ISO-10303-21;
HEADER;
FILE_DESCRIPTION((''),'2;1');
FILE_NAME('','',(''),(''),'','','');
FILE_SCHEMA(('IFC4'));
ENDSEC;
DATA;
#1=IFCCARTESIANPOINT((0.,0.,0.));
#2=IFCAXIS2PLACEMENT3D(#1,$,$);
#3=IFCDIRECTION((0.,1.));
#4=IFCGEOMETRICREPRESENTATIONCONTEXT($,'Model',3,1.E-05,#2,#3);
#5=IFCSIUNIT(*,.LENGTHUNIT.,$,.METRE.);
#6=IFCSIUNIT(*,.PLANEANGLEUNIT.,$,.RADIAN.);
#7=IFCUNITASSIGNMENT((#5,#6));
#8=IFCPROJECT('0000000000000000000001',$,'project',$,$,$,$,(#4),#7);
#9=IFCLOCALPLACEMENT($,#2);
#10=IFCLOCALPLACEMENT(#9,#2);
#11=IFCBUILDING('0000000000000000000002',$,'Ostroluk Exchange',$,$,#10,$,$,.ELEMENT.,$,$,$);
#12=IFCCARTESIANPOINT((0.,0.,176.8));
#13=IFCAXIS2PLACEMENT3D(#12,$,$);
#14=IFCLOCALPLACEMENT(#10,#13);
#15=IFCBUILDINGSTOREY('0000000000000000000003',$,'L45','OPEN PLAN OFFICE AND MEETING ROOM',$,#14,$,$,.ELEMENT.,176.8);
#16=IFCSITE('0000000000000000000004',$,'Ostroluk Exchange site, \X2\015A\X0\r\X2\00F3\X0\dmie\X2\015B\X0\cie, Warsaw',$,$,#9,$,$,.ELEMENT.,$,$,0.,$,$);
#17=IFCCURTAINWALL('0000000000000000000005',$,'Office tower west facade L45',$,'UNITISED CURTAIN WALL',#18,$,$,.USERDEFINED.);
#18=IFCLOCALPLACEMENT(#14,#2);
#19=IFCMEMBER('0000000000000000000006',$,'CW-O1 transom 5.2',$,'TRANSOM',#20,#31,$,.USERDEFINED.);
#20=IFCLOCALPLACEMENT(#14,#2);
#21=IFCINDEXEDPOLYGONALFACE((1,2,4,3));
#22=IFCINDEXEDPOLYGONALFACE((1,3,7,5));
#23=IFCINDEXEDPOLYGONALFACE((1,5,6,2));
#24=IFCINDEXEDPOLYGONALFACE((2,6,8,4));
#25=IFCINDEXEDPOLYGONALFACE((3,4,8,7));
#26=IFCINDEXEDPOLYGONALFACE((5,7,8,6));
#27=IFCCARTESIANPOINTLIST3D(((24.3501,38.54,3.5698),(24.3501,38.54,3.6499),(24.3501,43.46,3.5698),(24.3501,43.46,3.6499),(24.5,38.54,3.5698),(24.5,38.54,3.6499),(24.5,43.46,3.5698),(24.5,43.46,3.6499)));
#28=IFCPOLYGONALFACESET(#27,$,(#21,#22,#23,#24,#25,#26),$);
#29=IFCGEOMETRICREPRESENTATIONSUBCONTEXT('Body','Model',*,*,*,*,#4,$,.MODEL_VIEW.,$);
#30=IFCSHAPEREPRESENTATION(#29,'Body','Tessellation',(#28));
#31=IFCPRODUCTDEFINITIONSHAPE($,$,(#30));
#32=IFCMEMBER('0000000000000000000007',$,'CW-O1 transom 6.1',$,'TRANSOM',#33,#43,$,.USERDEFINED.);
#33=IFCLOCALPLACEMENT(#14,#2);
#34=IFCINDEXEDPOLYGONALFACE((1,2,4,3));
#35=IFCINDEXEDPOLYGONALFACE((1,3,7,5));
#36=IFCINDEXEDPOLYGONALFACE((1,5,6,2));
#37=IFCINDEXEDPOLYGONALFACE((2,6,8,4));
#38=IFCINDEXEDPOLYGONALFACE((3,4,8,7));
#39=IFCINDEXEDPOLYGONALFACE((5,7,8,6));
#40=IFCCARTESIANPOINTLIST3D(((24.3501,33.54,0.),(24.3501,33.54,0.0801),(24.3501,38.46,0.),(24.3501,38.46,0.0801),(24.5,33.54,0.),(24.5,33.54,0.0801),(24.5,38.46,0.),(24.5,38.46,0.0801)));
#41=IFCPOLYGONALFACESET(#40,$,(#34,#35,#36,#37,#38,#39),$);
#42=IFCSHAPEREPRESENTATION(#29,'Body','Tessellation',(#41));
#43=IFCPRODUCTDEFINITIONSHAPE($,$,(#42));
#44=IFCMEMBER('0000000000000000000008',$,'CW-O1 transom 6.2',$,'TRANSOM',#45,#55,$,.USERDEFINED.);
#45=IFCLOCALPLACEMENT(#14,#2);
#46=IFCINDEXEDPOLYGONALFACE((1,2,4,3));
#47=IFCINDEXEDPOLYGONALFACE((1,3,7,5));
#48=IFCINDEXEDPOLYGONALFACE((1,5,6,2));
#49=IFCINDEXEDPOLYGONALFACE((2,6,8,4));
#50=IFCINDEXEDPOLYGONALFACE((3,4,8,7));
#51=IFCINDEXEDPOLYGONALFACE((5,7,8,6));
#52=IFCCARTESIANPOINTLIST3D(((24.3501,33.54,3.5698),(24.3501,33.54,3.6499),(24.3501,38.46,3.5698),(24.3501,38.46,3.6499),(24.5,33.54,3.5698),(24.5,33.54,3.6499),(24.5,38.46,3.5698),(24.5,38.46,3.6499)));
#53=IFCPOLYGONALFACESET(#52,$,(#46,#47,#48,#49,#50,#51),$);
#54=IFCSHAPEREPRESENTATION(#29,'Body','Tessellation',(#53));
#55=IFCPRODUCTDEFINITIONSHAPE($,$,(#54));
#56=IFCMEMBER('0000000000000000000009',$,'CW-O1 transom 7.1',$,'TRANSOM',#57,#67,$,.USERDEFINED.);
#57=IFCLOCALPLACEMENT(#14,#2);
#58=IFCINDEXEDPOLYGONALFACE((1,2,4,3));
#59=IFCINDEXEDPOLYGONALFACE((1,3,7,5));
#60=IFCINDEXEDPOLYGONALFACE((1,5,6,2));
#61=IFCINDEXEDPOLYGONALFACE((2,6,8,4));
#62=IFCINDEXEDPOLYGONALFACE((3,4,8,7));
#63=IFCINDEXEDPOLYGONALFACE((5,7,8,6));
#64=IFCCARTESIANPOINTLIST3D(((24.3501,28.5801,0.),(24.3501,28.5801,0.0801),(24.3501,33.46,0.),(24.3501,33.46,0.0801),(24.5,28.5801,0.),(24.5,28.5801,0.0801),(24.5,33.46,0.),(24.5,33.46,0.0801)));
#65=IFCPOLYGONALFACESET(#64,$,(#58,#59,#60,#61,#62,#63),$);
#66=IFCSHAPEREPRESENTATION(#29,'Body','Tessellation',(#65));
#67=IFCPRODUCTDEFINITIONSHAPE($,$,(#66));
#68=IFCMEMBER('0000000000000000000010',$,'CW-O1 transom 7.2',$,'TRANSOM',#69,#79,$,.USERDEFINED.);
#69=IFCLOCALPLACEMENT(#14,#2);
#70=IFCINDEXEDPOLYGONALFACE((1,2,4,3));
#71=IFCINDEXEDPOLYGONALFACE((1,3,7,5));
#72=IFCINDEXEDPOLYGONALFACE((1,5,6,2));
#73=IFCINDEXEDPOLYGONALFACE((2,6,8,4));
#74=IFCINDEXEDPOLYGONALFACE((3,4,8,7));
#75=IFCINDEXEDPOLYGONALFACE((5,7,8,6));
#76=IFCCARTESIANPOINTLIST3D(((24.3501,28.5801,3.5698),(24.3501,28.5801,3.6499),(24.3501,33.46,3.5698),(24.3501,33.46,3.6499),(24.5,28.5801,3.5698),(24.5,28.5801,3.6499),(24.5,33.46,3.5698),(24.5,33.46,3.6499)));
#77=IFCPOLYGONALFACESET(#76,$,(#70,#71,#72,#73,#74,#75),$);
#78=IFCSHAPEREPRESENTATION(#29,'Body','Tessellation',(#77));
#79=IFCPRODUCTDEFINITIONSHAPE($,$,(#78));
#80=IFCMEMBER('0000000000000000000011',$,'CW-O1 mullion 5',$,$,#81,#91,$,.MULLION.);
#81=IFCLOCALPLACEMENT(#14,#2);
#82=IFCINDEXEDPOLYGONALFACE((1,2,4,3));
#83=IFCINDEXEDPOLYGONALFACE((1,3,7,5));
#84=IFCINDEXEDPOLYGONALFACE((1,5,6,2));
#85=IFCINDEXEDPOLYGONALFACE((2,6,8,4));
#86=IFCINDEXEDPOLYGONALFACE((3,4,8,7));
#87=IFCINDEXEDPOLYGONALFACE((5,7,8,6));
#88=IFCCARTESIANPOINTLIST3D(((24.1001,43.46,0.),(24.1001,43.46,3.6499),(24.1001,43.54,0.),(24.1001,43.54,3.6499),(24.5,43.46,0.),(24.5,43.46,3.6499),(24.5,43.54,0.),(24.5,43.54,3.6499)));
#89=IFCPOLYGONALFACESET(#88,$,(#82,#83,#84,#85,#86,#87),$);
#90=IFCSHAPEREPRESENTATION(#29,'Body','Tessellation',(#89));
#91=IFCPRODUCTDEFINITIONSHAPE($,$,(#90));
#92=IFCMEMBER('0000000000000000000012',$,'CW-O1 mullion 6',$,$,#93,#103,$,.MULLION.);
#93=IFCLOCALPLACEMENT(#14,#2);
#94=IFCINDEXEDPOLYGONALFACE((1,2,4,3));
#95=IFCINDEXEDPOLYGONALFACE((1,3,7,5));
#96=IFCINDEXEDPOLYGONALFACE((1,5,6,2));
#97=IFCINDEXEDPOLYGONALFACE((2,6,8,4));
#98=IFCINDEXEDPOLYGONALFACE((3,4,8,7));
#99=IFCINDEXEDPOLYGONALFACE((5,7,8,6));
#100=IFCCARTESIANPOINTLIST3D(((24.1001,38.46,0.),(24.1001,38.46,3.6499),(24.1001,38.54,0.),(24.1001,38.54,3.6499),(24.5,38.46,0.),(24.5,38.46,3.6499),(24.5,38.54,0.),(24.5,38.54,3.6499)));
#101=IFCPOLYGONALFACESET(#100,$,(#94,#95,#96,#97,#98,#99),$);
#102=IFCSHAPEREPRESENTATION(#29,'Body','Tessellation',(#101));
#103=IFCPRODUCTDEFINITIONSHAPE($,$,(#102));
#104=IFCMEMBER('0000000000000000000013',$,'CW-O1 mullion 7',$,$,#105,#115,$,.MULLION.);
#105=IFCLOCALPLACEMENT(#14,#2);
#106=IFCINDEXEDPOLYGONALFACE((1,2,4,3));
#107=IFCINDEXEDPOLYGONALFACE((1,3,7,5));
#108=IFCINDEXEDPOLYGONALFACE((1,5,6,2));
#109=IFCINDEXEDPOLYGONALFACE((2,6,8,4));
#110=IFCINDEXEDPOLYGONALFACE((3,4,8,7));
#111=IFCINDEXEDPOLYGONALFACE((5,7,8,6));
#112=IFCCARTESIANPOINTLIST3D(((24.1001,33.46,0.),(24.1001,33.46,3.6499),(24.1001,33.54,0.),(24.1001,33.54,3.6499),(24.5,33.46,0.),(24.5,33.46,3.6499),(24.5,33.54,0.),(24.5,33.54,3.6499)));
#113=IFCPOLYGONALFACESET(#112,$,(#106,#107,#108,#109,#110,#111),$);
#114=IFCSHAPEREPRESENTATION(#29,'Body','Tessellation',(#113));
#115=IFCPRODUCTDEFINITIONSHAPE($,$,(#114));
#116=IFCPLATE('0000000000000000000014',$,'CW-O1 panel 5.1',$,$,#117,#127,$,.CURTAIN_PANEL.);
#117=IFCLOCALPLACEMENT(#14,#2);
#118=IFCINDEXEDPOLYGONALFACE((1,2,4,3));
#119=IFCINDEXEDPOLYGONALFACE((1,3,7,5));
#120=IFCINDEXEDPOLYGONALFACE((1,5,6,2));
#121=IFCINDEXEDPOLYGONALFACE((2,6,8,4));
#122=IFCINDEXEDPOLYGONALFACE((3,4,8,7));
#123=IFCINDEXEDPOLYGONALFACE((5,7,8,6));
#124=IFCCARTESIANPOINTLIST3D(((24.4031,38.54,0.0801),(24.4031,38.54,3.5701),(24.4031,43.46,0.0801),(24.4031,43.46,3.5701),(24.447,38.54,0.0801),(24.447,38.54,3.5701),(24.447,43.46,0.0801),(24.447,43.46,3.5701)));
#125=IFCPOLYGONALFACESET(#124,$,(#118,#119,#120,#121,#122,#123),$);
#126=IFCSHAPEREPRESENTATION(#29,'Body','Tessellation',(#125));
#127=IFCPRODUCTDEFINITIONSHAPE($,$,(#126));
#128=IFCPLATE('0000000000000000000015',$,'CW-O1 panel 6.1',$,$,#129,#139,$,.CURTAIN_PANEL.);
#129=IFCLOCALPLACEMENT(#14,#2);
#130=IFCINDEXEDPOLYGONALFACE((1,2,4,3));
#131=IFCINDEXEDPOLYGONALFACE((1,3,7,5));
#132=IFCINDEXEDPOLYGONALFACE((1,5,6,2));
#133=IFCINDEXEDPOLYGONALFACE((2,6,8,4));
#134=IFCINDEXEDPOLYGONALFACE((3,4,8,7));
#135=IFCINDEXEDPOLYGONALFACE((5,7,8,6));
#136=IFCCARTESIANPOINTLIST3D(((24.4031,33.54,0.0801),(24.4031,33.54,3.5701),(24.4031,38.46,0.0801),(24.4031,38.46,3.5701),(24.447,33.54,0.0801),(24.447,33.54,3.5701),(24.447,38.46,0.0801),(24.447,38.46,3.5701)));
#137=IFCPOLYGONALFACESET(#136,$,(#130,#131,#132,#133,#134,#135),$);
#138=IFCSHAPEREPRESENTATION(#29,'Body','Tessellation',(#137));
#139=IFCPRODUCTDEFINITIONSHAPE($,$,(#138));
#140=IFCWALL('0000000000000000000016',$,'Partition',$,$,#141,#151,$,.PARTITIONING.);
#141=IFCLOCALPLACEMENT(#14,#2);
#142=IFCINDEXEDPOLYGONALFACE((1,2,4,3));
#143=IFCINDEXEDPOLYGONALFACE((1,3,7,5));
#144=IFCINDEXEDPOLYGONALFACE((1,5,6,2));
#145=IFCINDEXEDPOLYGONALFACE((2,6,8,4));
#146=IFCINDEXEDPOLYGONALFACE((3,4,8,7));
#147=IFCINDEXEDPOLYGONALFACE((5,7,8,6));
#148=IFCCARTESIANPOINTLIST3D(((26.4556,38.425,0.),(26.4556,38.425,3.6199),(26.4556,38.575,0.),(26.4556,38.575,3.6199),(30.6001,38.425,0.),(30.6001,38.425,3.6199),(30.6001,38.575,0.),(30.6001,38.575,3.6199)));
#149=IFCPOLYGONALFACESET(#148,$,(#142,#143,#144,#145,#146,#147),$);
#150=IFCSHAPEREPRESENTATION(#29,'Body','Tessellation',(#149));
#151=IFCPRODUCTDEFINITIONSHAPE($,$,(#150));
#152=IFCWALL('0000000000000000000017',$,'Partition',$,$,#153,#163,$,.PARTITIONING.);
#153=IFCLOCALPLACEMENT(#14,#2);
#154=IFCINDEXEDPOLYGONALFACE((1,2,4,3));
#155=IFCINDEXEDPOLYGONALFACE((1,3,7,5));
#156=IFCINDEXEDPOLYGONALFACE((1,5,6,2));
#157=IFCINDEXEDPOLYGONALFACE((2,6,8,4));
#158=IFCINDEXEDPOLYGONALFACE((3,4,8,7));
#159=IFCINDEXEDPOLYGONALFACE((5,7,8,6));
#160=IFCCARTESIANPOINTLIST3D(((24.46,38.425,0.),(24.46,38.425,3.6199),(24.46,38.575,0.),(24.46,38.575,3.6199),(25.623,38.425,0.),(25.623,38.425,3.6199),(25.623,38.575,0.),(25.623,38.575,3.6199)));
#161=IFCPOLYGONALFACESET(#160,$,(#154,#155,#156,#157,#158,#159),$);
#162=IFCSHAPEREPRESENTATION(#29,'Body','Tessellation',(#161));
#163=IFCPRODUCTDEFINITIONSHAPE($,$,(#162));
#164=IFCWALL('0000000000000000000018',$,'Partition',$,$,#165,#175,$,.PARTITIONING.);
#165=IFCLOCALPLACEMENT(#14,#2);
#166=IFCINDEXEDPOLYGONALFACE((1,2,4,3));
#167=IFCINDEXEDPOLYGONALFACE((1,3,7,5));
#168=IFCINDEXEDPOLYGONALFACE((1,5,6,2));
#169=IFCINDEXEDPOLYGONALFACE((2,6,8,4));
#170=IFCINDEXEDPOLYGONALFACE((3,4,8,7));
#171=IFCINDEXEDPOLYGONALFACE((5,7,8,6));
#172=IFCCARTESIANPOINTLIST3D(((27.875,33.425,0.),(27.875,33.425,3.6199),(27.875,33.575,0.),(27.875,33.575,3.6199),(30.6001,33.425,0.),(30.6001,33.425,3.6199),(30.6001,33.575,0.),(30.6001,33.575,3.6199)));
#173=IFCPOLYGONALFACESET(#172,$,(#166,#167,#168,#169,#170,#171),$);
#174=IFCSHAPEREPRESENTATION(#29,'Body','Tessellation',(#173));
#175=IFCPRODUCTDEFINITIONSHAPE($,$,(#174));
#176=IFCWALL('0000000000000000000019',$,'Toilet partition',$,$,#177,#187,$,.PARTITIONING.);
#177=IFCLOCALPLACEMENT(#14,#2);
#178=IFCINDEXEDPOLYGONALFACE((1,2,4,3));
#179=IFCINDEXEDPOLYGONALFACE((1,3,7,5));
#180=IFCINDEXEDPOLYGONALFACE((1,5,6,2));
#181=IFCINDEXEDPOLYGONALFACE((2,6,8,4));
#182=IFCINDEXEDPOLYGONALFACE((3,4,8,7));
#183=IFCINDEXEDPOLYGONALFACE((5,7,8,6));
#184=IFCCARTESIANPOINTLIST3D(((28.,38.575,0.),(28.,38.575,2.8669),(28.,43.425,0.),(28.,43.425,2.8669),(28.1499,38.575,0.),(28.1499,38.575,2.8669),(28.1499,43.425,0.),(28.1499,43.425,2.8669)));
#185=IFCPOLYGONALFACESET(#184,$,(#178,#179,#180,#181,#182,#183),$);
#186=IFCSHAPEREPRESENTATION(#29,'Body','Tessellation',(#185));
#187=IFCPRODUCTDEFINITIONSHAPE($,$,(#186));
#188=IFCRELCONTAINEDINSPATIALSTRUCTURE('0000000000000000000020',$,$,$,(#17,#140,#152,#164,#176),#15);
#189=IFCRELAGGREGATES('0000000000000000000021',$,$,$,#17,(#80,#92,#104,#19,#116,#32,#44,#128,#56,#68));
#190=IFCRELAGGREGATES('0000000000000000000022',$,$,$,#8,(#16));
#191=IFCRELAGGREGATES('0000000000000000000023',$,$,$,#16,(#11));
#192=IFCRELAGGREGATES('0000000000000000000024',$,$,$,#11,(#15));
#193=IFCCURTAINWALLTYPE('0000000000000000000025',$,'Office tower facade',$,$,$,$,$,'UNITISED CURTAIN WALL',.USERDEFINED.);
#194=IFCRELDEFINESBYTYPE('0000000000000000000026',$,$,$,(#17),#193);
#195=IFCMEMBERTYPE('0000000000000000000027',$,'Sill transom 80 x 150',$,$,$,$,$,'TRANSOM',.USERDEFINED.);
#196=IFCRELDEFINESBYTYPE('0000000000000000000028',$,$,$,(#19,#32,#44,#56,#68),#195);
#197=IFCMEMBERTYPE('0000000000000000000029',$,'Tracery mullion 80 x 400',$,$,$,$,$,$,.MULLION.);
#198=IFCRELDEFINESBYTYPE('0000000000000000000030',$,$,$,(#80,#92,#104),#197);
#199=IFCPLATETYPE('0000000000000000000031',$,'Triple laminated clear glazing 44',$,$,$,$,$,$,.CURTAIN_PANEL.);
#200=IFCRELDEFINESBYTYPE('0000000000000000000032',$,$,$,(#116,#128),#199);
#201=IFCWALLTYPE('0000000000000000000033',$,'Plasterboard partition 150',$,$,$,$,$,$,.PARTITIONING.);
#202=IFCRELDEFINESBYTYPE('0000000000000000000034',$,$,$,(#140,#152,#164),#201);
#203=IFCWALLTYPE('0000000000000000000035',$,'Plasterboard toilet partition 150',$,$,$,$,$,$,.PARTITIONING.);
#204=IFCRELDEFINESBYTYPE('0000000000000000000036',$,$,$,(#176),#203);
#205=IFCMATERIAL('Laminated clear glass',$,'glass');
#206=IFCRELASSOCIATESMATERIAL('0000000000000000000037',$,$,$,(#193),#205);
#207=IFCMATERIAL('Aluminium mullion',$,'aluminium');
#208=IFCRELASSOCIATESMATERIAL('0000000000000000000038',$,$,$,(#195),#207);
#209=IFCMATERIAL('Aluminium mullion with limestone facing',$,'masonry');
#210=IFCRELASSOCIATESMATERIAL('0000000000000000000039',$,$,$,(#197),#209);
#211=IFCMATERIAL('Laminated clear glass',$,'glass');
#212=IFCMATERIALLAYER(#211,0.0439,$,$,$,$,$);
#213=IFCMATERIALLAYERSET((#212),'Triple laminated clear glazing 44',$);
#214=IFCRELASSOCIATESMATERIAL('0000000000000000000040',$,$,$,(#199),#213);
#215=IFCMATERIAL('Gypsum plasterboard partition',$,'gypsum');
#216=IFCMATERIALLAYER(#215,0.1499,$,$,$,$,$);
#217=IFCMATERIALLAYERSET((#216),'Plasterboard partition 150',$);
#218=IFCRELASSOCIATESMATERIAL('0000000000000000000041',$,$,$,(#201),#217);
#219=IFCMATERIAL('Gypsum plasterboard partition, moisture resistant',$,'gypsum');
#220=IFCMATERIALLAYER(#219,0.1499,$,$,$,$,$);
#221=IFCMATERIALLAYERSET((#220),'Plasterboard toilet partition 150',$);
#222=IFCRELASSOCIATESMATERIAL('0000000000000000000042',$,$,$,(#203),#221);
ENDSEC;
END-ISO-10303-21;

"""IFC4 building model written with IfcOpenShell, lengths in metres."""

from ifc_helpers import new_model, si_unit, direction, frame, frame_2d, origin, origin_2d, place, context, subcontext, project, spatial, rectangle, extrude, material, layer, layer_set, material_profile, profile_set, type_object, element, aggregate, save


model = new_model("IFC4")

# Units and contexts
model_context = context("Model", 3, precision=1e-05, world=origin(), true_north=direction((0.0, 1.0)))
body_context = subcontext(model_context, "Body", "Model", "MODEL_VIEW")
ifc_project = project(units=[si_unit("LENGTHUNIT", "METRE"), si_unit("PLANEANGLEUNIT", "RADIAN")], contexts=[model_context])

# Site, building, storey
site_placement = place(None, origin())
site = spatial("IfcSite", under=ifc_project, at=site_placement, Name="Ostroluk Exchange site, Śródmieście, Warsaw", CompositionType="ELEMENT", RefElevation=0.0)
building_placement = place(site_placement, origin())
building = spatial("IfcBuilding", under=site, at=building_placement, Name="Ostroluk Exchange", CompositionType="ELEMENT")
storey_placement = place(building_placement, frame((0.0, 0.0, 176.8)))
storey = spatial("IfcBuildingStorey", under=building, at=storey_placement, Name="L45", Description="OPEN PLAN OFFICE AND MEETING ROOM", CompositionType="ELEMENT", Elevation=176.8)

# Curtain wall, members, plates
ifc_material_1 = material(Name="Laminated clear glass", Category="glass")
curtain_wall_type = type_object("IfcCurtainWallType", Name="Office tower facade", ElementType="UNITISED CURTAIN WALL", PredefinedType="USERDEFINED", material=ifc_material_1)
curtain_wall_placement = place(storey_placement, origin())
curtain_wall = element("IfcCurtainWall", 1, at=curtain_wall_placement, inside=storey, type_object=curtain_wall_type, Name="Office tower west facade L45", ObjectType="UNITISED CURTAIN WALL", PredefinedType="USERDEFINED")
ifc_material_2 = material(Name="Aluminium mullion", Category="aluminium")
ifc_material_profile_1 = material_profile(ifc_material_2, rectangle(XDim=0.1499, YDim=0.0801, at=origin_2d()), Name="Sill transom 80 x 150")
ifc_profile_set_1 = profile_set([ifc_material_profile_1], Name="Aluminium mullion")
member_type_1 = type_object("IfcMemberType", Name="Sill transom 80 x 150", ElementType="TRANSOM", PredefinedType="USERDEFINED", material=ifc_profile_set_1)
member_1_placement = place(storey_placement, frame((24.425, 43.46, 3.6099), z_axis=(0.0, -1.0, 0.0), x_axis=(1.0, 0.0, 0.0)))
member_1 = element("IfcMember", 2, at=member_1_placement, type_object=member_type_1, Name="CW-O1 transom 5.2", ObjectType="TRANSOM", PredefinedType="USERDEFINED", context=body_context, shape_type="SweptSolid", body=[
    extrude(rectangle(XDim=0.1499, YDim=0.0801, at=origin_2d()), origin(), (0.0, 0.0, 1.0), 4.9199),
])
member_2_placement = place(storey_placement, frame((24.425, 38.46, 0.04), z_axis=(0.0, -1.0, 0.0), x_axis=(1.0, 0.0, 0.0)))
member_2 = element("IfcMember", 3, at=member_2_placement, type_object=member_type_1, Name="CW-O1 transom 6.1", ObjectType="TRANSOM", PredefinedType="USERDEFINED", context=body_context, shape_type="SweptSolid", body=[
    extrude(rectangle(XDim=0.1499, YDim=0.0801, at=origin_2d()), origin(), (0.0, 0.0, 1.0), 4.9199),
])
member_3_placement = place(storey_placement, frame((24.425, 38.46, 3.6099), z_axis=(0.0, -1.0, 0.0), x_axis=(1.0, 0.0, 0.0)))
member_3 = element("IfcMember", 4, at=member_3_placement, type_object=member_type_1, Name="CW-O1 transom 6.2", ObjectType="TRANSOM", PredefinedType="USERDEFINED", context=body_context, shape_type="SweptSolid", body=[
    extrude(rectangle(XDim=0.1499, YDim=0.0801, at=origin_2d()), origin(), (0.0, 0.0, 1.0), 4.9199),
])
member_4_placement = place(storey_placement, frame((24.425, 33.46, 0.04), z_axis=(0.0, -1.0, 0.0), x_axis=(1.0, 0.0, 0.0)))
member_4 = element("IfcMember", 5, at=member_4_placement, type_object=member_type_1, Name="CW-O1 transom 7.1", ObjectType="TRANSOM", PredefinedType="USERDEFINED", context=body_context, shape_type="SweptSolid", body=[
    extrude(rectangle(XDim=0.1499, YDim=0.0801, at=origin_2d()), origin(), (0.0, 0.0, 1.0), 4.8799),
])
member_5_placement = place(storey_placement, frame((24.425, 33.46, 3.6099), z_axis=(0.0, -1.0, 0.0), x_axis=(1.0, 0.0, 0.0)))
member_5 = element("IfcMember", 6, at=member_5_placement, type_object=member_type_1, Name="CW-O1 transom 7.2", ObjectType="TRANSOM", PredefinedType="USERDEFINED", context=body_context, shape_type="SweptSolid", body=[
    extrude(rectangle(XDim=0.1499, YDim=0.0801, at=origin_2d()), origin(), (0.0, 0.0, 1.0), 4.8799),
])
ifc_material_3 = material(Name="Aluminium mullion with limestone facing", Category="masonry")
ifc_material_profile_2 = material_profile(ifc_material_3, rectangle(XDim=0.3999, YDim=0.0801, at=origin_2d()), Name="Tracery mullion 80 x 400")
ifc_profile_set_2 = profile_set([ifc_material_profile_2], Name="Aluminium mullion with limestone facing")
member_type_2 = type_object("IfcMemberType", Name="Tracery mullion 80 x 400", PredefinedType="MULLION", material=ifc_profile_set_2)
member_6_placement = place(storey_placement, frame((24.3, 43.5, 0.0), z_axis=(0.0, 0.0, 1.0), x_axis=(1.0, 0.0, 0.0)))
member_6 = element("IfcMember", 7, at=member_6_placement, type_object=member_type_2, Name="CW-O1 mullion 5", PredefinedType="MULLION", context=body_context, shape_type="SweptSolid", body=[
    extrude(rectangle(XDim=0.3999, YDim=0.0801, at=origin_2d()), origin(), (0.0, 0.0, 1.0), 3.6499),
])
member_7_placement = place(storey_placement, frame((24.3, 38.5, 0.0), z_axis=(0.0, 0.0, 1.0), x_axis=(1.0, 0.0, 0.0)))
member_7 = element("IfcMember", 8, at=member_7_placement, type_object=member_type_2, Name="CW-O1 mullion 6", PredefinedType="MULLION", context=body_context, shape_type="SweptSolid", body=[
    extrude(rectangle(XDim=0.3999, YDim=0.0801, at=origin_2d()), origin(), (0.0, 0.0, 1.0), 3.6499),
])
member_8_placement = place(storey_placement, frame((24.3, 33.5, 0.0), z_axis=(0.0, 0.0, 1.0), x_axis=(1.0, 0.0, 0.0)))
member_8 = element("IfcMember", 9, at=member_8_placement, type_object=member_type_2, Name="CW-O1 mullion 7", PredefinedType="MULLION", context=body_context, shape_type="SweptSolid", body=[
    extrude(rectangle(XDim=0.3999, YDim=0.0801, at=origin_2d()), origin(), (0.0, 0.0, 1.0), 3.6499),
])
ifc_material_4 = material(Name="Laminated clear glass", Category="glass")
ifc_layer_1 = layer(ifc_material_4, 0.0439)
ifc_layer_set_1 = layer_set([ifc_layer_1], Name="Triple laminated clear glazing 44")
plate_type = type_object("IfcPlateType", Name="Triple laminated clear glazing 44", PredefinedType="CURTAIN_PANEL", material=ifc_layer_set_1)
plate_1_placement = place(storey_placement, frame((24.425, 41.0, 0.0801), z_axis=(0.0, 0.0, 1.0), x_axis=(0.0, -1.0, 0.0)))
plate_1 = element("IfcPlate", 10, at=plate_1_placement, type_object=plate_type, Name="CW-O1 panel 5.1", PredefinedType="CURTAIN_PANEL", context=body_context, shape_type="SweptSolid", body=[
    extrude(rectangle(XDim=4.9199, YDim=0.0439, at=origin_2d()), origin(), (0.0, 0.0, 1.0), 3.49),
])
plate_2_placement = place(storey_placement, frame((24.425, 36.0, 0.0801), z_axis=(0.0, 0.0, 1.0), x_axis=(0.0, -1.0, 0.0)))
plate_2 = element("IfcPlate", 11, at=plate_2_placement, type_object=plate_type, Name="CW-O1 panel 6.1", PredefinedType="CURTAIN_PANEL", context=body_context, shape_type="SweptSolid", body=[
    extrude(rectangle(XDim=4.9199, YDim=0.0439, at=origin_2d()), origin(), (0.0, 0.0, 1.0), 3.49),
])
aggregate(curtain_wall, [member_6, member_7, member_8, member_1, plate_1, member_2, member_3, plate_2, member_4, member_5])

# Walls
ifc_material_5 = material(Name="Gypsum plasterboard partition", Category="gypsum")
ifc_layer_2 = layer(ifc_material_5, 0.1499)
ifc_layer_set_2 = layer_set([ifc_layer_2], Name="Plasterboard partition 150")
wall_type_1 = type_object("IfcWallType", Name="Plasterboard partition 150", PredefinedType="PARTITIONING", material=ifc_layer_set_2)
wall_1_placement = place(storey_placement, frame((30.6001, 38.5, 0.0), z_axis=(0.0, 0.0, 1.0), x_axis=(-1.0, 0.0, 0.0)))
element("IfcWall", 12, at=wall_1_placement, inside=storey, type_object=wall_type_1, Name="Partition", PredefinedType="PARTITIONING", context=body_context, shape_type="SweptSolid", body=[
    extrude(rectangle(XDim=4.1445, YDim=0.1499, at=frame_2d((2.0723, 0.0))), origin(), (0.0, 0.0, 1.0), 3.6199),
])
wall_2_placement = place(storey_placement, frame((25.623, 38.5, 0.0), z_axis=(0.0, 0.0, 1.0), x_axis=(-1.0, 0.0, 0.0)))
element("IfcWall", 13, at=wall_2_placement, inside=storey, type_object=wall_type_1, Name="Partition", PredefinedType="PARTITIONING", context=body_context, shape_type="SweptSolid", body=[
    extrude(rectangle(XDim=1.1631, YDim=0.1499, at=frame_2d((0.5815, 0.0))), origin(), (0.0, 0.0, 1.0), 3.6199),
])
wall_3_placement = place(storey_placement, frame((30.6001, 33.5, 0.0), z_axis=(0.0, 0.0, 1.0), x_axis=(-1.0, 0.0, 0.0)))
element("IfcWall", 14, at=wall_3_placement, inside=storey, type_object=wall_type_1, Name="Partition", PredefinedType="PARTITIONING", context=body_context, shape_type="SweptSolid", body=[
    extrude(rectangle(XDim=2.7251, YDim=0.1499, at=frame_2d((1.3625, 0.0))), origin(), (0.0, 0.0, 1.0), 3.6199),
])
ifc_material_6 = material(Name="Gypsum plasterboard partition, moisture resistant", Category="gypsum")
ifc_layer_3 = layer(ifc_material_6, 0.1499)
ifc_layer_set_3 = layer_set([ifc_layer_3], Name="Plasterboard toilet partition 150")
wall_type_2 = type_object("IfcWallType", Name="Plasterboard toilet partition 150", PredefinedType="PARTITIONING", material=ifc_layer_set_3)
for number, where, z_axis, x_axis, name in (
    (15, (28.075, 43.425, 0.0), (0.0, 0.0, 1.0), (0.0, -1.0, 0.0), "Toilet partition"),
):
    element("IfcWall", number, at=place(storey_placement, frame(where, z_axis=z_axis, x_axis=x_axis)), inside=storey, type_object=wall_type_2, Name=name, PredefinedType="PARTITIONING", context=body_context, shape_type="SweptSolid", body=[
        extrude(rectangle(XDim=4.8501, YDim=0.1499, at=frame_2d((2.425, 0.0))), origin(), (0.0, 0.0, 1.0), 2.8669),
    ])

save(model, "model.ifc")
